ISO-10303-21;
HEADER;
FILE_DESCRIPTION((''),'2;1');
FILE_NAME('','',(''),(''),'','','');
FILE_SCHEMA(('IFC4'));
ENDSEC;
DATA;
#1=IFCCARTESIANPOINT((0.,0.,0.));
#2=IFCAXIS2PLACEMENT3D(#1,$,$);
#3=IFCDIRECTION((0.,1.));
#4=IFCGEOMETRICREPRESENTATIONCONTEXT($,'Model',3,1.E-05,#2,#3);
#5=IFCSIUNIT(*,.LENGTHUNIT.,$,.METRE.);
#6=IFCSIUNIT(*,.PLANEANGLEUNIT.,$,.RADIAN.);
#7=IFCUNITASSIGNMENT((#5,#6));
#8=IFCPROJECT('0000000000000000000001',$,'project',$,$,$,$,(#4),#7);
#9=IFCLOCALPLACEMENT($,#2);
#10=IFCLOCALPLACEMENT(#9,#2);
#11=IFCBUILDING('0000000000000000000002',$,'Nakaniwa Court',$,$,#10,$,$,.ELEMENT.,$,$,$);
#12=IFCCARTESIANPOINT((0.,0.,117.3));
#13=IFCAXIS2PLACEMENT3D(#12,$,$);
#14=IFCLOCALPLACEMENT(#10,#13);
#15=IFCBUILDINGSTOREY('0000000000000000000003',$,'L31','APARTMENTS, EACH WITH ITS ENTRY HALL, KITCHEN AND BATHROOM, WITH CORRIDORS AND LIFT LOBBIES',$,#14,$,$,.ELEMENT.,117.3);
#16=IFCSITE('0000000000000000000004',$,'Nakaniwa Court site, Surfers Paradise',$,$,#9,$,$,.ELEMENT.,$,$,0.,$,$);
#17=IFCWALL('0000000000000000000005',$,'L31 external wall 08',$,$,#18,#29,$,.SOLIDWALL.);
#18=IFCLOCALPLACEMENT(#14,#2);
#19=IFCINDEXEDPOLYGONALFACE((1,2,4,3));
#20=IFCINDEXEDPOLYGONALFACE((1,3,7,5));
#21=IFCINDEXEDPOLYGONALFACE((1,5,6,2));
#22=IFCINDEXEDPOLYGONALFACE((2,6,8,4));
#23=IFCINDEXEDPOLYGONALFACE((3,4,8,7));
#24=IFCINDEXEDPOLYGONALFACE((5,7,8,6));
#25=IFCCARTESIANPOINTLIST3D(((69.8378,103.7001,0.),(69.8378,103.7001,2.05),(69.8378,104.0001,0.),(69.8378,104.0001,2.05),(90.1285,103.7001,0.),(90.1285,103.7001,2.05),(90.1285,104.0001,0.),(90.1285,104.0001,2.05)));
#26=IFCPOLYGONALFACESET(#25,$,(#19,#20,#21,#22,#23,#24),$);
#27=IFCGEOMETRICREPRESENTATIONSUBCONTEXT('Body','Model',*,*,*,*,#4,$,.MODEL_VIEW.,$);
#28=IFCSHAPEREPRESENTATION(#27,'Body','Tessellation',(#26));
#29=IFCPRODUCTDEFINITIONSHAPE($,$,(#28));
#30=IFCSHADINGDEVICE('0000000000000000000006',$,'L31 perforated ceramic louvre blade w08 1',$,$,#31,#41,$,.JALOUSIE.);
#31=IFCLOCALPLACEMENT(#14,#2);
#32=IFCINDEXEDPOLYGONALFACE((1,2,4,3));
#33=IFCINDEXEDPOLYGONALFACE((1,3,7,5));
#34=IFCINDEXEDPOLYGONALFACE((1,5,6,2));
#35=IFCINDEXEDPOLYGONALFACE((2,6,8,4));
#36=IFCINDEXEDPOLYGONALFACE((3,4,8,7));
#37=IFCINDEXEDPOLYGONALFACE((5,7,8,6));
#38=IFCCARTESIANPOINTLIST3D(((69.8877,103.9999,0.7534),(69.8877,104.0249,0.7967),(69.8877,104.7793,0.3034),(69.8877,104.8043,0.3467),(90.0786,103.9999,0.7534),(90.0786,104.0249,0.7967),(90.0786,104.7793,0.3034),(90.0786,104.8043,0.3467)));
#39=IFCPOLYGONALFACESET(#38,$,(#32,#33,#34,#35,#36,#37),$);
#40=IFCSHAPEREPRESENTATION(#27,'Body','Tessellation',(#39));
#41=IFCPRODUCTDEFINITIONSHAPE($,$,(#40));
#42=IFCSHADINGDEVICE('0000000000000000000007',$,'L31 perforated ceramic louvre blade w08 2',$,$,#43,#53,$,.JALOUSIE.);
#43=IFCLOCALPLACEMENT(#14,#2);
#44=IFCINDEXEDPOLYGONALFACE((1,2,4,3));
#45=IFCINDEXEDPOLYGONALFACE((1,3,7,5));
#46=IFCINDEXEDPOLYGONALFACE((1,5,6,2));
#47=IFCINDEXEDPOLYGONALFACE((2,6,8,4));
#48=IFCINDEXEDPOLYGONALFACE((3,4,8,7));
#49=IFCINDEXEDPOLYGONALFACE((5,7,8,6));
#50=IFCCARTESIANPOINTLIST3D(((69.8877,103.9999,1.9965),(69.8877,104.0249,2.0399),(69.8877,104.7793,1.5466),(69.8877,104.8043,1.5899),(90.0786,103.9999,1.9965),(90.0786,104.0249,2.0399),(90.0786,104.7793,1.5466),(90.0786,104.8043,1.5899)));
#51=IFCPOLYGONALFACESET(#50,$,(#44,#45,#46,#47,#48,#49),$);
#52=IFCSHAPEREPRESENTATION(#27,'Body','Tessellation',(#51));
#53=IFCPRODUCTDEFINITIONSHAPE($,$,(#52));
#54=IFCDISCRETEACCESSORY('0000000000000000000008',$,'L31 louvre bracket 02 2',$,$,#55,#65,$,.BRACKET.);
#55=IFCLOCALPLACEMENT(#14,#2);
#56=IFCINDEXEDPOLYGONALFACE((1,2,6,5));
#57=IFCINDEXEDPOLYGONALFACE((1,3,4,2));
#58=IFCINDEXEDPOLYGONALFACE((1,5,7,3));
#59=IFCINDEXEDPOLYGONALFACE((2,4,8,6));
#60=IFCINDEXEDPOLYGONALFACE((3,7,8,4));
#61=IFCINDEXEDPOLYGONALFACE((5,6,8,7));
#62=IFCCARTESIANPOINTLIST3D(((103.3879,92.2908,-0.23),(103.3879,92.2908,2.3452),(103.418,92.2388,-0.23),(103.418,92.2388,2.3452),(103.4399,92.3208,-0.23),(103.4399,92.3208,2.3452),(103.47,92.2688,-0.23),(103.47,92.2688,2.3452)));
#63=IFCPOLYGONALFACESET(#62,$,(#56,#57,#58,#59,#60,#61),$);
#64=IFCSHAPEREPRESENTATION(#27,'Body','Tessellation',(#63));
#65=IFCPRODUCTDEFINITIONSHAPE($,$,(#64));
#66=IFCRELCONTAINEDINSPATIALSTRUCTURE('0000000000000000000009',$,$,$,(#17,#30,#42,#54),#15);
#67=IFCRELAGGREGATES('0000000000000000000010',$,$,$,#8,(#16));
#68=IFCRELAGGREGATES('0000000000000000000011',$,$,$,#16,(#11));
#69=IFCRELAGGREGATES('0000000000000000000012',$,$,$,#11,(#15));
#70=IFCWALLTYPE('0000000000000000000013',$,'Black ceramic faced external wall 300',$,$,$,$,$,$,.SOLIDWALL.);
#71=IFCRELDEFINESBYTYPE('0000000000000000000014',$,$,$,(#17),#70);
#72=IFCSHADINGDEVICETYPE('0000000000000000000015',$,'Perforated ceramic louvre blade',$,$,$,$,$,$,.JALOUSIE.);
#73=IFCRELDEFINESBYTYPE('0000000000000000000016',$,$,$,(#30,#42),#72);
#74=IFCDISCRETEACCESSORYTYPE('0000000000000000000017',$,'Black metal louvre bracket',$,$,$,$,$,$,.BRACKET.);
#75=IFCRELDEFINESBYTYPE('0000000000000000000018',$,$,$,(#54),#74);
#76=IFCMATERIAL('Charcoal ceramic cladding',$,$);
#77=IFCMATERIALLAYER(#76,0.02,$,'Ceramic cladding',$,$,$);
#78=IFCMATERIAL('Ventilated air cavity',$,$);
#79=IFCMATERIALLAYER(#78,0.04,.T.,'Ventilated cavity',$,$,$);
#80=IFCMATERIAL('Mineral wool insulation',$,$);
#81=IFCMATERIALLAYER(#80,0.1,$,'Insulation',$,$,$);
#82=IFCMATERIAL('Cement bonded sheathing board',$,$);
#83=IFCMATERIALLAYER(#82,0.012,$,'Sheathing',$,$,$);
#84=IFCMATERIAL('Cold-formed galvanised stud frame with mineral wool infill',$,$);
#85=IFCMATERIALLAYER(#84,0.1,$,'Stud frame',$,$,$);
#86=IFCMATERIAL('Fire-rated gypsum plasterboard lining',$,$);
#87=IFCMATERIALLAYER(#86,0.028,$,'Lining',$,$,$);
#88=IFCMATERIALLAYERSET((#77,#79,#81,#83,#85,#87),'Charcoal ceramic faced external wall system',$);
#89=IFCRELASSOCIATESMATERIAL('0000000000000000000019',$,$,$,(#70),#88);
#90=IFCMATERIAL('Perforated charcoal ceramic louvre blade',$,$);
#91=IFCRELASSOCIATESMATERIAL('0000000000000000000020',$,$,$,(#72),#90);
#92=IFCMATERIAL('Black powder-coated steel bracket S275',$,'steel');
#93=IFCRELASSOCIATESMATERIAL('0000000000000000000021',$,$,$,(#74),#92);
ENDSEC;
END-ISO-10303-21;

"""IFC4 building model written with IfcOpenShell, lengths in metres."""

from ifc_helpers import new_model, si_unit, direction, frame, frame_2d, origin, origin_2d, place, context, subcontext, project, spatial, rectangle, extrude, material, layer, layer_set, material_profile, profile_set, type_object, element, save


model = new_model("IFC4")

# Units and contexts
model_context = context("Model", 3, precision=1e-05, world=origin(), true_north=direction((0.0, 1.0)))
body_context = subcontext(model_context, "Body", "Model", "MODEL_VIEW")
ifc_project = project(units=[si_unit("LENGTHUNIT", "METRE"), si_unit("PLANEANGLEUNIT", "RADIAN")], contexts=[model_context])

# Site, building, storey
site_placement = place(None, origin())
site = spatial("IfcSite", under=ifc_project, at=site_placement, Name="Nakaniwa Court site, Surfers Paradise", CompositionType="ELEMENT", RefElevation=0.0)
building_placement = place(site_placement, origin())
building = spatial("IfcBuilding", under=site, at=building_placement, Name="Nakaniwa Court", CompositionType="ELEMENT")
storey_placement = place(building_placement, frame((0.0, 0.0, 117.3)))
storey = spatial("IfcBuildingStorey", under=building, at=storey_placement, Name="L31", Description="APARTMENTS, EACH WITH ITS ENTRY HALL, KITCHEN AND BATHROOM, WITH CORRIDORS AND LIFT LOBBIES", CompositionType="ELEMENT", Elevation=117.3)

# Shared definitions
ifc_material_1 = material(Name="Charcoal ceramic cladding")
ifc_layer_1 = layer(ifc_material_1, 0.02, Name="Ceramic cladding")
ifc_material_2 = material(Name="Ventilated air cavity")
ifc_layer_2 = layer(ifc_material_2, 0.04, ventilated=True, Name="Ventilated cavity")
ifc_material_3 = material(Name="Mineral wool insulation")
ifc_layer_3 = layer(ifc_material_3, 0.1, Name="Insulation")
ifc_material_4 = material(Name="Cement bonded sheathing board")
ifc_layer_4 = layer(ifc_material_4, 0.012, Name="Sheathing")
ifc_material_5 = material(Name="Cold-formed galvanised stud frame with mineral wool infill")
ifc_layer_5 = layer(ifc_material_5, 0.1, Name="Stud frame")
ifc_material_6 = material(Name="Fire-rated gypsum plasterboard lining")
ifc_layer_6 = layer(ifc_material_6, 0.028, Name="Lining")
ifc_layer_set_1 = layer_set([ifc_layer_1, ifc_layer_2, ifc_layer_3, ifc_layer_4, ifc_layer_5, ifc_layer_6], Name="Charcoal ceramic faced external wall system")
wall_type_1 = type_object("IfcWallType", Name="Black ceramic faced external wall 300", PredefinedType="SOLIDWALL", material=ifc_layer_set_1)

# Wall
wall_1_placement = place(storey_placement, frame((90.1287, 103.8501, 0.0), z_axis=(0.0, 0.0, 1.0), x_axis=(-1.0, 0.0, 0.0)))
element("IfcWall", 1, at=wall_1_placement, inside=storey, type_object=wall_type_1, Name="L31 external wall 08", PredefinedType="SOLIDWALL", context=body_context, shape_type="SweptSolid", body=[
    extrude(rectangle(XDim=20.2908, YDim=0.3, at=frame_2d((10.1455, 0.0))), origin(), (0.0, 0.0, 1.0), 2.05),
])

# Shading devices
ifc_material_7 = material(Name="Perforated charcoal ceramic louvre blade")
ifc_material_profile_1 = material_profile(ifc_material_7, rectangle(XDim=0.8999, YDim=0.05, at=origin_2d()), Name="Perforated ceramic louvre blade")
ifc_profile_set_1 = profile_set([ifc_material_profile_1], Name="Perforated charcoal ceramic louvre blade")
shading_device_type = type_object("IfcShadingDeviceType", Name="Perforated ceramic louvre blade", PredefinedType="JALOUSIE", material=ifc_profile_set_1)
for number, where, z_axis, x_axis, name in (
    (2, (90.0786, 104.4021, 0.55), (-1.0, 0.0, 0.0), (0.0, -0.866025, 0.5), "L31 perforated ceramic louvre blade w08 1"),
    (3, (90.0786, 104.4021, 1.7932), (-1.0, 0.0, 0.0), (0.0, -0.866025, 0.5), "L31 perforated ceramic louvre blade w08 2"),
):
    element("IfcShadingDevice", number, at=place(storey_placement, frame(where, z_axis=z_axis, x_axis=x_axis)), inside=storey, type_object=shading_device_type, Name=name, PredefinedType="JALOUSIE", context=body_context, shape_type="SweptSolid", body=[
        extrude(rectangle(XDim=0.8999, YDim=0.05, at=origin_2d()), origin(), (0.0, 0.0, 1.0), 20.1909),
    ])

# Discrete accessory
ifc_material_8 = material(Name="Black powder-coated steel bracket S275", Category="steel")
discrete_accessory_type = type_object("IfcDiscreteAccessoryType", Name="Black metal louvre bracket", PredefinedType="BRACKET", material=ifc_material_8)
discrete_accessory_placement = place(storey_placement, frame((103.429, 92.2798, -0.23), z_axis=(0.0, 0.0, 1.0), x_axis=(-0.499974, 0.86604, 0.0)))
element("IfcDiscreteAccessory", 4, at=discrete_accessory_placement, inside=storey, type_object=discrete_accessory_type, Name="L31 louvre bracket 02 2", PredefinedType="BRACKET", context=body_context, shape_type="SweptSolid", body=[
    extrude(rectangle(XDim=0.0601, YDim=0.0601, at=origin_2d()), origin(), (0.0, 0.0, 1.0), 2.5752),
])

save(model, "model.ifc")
